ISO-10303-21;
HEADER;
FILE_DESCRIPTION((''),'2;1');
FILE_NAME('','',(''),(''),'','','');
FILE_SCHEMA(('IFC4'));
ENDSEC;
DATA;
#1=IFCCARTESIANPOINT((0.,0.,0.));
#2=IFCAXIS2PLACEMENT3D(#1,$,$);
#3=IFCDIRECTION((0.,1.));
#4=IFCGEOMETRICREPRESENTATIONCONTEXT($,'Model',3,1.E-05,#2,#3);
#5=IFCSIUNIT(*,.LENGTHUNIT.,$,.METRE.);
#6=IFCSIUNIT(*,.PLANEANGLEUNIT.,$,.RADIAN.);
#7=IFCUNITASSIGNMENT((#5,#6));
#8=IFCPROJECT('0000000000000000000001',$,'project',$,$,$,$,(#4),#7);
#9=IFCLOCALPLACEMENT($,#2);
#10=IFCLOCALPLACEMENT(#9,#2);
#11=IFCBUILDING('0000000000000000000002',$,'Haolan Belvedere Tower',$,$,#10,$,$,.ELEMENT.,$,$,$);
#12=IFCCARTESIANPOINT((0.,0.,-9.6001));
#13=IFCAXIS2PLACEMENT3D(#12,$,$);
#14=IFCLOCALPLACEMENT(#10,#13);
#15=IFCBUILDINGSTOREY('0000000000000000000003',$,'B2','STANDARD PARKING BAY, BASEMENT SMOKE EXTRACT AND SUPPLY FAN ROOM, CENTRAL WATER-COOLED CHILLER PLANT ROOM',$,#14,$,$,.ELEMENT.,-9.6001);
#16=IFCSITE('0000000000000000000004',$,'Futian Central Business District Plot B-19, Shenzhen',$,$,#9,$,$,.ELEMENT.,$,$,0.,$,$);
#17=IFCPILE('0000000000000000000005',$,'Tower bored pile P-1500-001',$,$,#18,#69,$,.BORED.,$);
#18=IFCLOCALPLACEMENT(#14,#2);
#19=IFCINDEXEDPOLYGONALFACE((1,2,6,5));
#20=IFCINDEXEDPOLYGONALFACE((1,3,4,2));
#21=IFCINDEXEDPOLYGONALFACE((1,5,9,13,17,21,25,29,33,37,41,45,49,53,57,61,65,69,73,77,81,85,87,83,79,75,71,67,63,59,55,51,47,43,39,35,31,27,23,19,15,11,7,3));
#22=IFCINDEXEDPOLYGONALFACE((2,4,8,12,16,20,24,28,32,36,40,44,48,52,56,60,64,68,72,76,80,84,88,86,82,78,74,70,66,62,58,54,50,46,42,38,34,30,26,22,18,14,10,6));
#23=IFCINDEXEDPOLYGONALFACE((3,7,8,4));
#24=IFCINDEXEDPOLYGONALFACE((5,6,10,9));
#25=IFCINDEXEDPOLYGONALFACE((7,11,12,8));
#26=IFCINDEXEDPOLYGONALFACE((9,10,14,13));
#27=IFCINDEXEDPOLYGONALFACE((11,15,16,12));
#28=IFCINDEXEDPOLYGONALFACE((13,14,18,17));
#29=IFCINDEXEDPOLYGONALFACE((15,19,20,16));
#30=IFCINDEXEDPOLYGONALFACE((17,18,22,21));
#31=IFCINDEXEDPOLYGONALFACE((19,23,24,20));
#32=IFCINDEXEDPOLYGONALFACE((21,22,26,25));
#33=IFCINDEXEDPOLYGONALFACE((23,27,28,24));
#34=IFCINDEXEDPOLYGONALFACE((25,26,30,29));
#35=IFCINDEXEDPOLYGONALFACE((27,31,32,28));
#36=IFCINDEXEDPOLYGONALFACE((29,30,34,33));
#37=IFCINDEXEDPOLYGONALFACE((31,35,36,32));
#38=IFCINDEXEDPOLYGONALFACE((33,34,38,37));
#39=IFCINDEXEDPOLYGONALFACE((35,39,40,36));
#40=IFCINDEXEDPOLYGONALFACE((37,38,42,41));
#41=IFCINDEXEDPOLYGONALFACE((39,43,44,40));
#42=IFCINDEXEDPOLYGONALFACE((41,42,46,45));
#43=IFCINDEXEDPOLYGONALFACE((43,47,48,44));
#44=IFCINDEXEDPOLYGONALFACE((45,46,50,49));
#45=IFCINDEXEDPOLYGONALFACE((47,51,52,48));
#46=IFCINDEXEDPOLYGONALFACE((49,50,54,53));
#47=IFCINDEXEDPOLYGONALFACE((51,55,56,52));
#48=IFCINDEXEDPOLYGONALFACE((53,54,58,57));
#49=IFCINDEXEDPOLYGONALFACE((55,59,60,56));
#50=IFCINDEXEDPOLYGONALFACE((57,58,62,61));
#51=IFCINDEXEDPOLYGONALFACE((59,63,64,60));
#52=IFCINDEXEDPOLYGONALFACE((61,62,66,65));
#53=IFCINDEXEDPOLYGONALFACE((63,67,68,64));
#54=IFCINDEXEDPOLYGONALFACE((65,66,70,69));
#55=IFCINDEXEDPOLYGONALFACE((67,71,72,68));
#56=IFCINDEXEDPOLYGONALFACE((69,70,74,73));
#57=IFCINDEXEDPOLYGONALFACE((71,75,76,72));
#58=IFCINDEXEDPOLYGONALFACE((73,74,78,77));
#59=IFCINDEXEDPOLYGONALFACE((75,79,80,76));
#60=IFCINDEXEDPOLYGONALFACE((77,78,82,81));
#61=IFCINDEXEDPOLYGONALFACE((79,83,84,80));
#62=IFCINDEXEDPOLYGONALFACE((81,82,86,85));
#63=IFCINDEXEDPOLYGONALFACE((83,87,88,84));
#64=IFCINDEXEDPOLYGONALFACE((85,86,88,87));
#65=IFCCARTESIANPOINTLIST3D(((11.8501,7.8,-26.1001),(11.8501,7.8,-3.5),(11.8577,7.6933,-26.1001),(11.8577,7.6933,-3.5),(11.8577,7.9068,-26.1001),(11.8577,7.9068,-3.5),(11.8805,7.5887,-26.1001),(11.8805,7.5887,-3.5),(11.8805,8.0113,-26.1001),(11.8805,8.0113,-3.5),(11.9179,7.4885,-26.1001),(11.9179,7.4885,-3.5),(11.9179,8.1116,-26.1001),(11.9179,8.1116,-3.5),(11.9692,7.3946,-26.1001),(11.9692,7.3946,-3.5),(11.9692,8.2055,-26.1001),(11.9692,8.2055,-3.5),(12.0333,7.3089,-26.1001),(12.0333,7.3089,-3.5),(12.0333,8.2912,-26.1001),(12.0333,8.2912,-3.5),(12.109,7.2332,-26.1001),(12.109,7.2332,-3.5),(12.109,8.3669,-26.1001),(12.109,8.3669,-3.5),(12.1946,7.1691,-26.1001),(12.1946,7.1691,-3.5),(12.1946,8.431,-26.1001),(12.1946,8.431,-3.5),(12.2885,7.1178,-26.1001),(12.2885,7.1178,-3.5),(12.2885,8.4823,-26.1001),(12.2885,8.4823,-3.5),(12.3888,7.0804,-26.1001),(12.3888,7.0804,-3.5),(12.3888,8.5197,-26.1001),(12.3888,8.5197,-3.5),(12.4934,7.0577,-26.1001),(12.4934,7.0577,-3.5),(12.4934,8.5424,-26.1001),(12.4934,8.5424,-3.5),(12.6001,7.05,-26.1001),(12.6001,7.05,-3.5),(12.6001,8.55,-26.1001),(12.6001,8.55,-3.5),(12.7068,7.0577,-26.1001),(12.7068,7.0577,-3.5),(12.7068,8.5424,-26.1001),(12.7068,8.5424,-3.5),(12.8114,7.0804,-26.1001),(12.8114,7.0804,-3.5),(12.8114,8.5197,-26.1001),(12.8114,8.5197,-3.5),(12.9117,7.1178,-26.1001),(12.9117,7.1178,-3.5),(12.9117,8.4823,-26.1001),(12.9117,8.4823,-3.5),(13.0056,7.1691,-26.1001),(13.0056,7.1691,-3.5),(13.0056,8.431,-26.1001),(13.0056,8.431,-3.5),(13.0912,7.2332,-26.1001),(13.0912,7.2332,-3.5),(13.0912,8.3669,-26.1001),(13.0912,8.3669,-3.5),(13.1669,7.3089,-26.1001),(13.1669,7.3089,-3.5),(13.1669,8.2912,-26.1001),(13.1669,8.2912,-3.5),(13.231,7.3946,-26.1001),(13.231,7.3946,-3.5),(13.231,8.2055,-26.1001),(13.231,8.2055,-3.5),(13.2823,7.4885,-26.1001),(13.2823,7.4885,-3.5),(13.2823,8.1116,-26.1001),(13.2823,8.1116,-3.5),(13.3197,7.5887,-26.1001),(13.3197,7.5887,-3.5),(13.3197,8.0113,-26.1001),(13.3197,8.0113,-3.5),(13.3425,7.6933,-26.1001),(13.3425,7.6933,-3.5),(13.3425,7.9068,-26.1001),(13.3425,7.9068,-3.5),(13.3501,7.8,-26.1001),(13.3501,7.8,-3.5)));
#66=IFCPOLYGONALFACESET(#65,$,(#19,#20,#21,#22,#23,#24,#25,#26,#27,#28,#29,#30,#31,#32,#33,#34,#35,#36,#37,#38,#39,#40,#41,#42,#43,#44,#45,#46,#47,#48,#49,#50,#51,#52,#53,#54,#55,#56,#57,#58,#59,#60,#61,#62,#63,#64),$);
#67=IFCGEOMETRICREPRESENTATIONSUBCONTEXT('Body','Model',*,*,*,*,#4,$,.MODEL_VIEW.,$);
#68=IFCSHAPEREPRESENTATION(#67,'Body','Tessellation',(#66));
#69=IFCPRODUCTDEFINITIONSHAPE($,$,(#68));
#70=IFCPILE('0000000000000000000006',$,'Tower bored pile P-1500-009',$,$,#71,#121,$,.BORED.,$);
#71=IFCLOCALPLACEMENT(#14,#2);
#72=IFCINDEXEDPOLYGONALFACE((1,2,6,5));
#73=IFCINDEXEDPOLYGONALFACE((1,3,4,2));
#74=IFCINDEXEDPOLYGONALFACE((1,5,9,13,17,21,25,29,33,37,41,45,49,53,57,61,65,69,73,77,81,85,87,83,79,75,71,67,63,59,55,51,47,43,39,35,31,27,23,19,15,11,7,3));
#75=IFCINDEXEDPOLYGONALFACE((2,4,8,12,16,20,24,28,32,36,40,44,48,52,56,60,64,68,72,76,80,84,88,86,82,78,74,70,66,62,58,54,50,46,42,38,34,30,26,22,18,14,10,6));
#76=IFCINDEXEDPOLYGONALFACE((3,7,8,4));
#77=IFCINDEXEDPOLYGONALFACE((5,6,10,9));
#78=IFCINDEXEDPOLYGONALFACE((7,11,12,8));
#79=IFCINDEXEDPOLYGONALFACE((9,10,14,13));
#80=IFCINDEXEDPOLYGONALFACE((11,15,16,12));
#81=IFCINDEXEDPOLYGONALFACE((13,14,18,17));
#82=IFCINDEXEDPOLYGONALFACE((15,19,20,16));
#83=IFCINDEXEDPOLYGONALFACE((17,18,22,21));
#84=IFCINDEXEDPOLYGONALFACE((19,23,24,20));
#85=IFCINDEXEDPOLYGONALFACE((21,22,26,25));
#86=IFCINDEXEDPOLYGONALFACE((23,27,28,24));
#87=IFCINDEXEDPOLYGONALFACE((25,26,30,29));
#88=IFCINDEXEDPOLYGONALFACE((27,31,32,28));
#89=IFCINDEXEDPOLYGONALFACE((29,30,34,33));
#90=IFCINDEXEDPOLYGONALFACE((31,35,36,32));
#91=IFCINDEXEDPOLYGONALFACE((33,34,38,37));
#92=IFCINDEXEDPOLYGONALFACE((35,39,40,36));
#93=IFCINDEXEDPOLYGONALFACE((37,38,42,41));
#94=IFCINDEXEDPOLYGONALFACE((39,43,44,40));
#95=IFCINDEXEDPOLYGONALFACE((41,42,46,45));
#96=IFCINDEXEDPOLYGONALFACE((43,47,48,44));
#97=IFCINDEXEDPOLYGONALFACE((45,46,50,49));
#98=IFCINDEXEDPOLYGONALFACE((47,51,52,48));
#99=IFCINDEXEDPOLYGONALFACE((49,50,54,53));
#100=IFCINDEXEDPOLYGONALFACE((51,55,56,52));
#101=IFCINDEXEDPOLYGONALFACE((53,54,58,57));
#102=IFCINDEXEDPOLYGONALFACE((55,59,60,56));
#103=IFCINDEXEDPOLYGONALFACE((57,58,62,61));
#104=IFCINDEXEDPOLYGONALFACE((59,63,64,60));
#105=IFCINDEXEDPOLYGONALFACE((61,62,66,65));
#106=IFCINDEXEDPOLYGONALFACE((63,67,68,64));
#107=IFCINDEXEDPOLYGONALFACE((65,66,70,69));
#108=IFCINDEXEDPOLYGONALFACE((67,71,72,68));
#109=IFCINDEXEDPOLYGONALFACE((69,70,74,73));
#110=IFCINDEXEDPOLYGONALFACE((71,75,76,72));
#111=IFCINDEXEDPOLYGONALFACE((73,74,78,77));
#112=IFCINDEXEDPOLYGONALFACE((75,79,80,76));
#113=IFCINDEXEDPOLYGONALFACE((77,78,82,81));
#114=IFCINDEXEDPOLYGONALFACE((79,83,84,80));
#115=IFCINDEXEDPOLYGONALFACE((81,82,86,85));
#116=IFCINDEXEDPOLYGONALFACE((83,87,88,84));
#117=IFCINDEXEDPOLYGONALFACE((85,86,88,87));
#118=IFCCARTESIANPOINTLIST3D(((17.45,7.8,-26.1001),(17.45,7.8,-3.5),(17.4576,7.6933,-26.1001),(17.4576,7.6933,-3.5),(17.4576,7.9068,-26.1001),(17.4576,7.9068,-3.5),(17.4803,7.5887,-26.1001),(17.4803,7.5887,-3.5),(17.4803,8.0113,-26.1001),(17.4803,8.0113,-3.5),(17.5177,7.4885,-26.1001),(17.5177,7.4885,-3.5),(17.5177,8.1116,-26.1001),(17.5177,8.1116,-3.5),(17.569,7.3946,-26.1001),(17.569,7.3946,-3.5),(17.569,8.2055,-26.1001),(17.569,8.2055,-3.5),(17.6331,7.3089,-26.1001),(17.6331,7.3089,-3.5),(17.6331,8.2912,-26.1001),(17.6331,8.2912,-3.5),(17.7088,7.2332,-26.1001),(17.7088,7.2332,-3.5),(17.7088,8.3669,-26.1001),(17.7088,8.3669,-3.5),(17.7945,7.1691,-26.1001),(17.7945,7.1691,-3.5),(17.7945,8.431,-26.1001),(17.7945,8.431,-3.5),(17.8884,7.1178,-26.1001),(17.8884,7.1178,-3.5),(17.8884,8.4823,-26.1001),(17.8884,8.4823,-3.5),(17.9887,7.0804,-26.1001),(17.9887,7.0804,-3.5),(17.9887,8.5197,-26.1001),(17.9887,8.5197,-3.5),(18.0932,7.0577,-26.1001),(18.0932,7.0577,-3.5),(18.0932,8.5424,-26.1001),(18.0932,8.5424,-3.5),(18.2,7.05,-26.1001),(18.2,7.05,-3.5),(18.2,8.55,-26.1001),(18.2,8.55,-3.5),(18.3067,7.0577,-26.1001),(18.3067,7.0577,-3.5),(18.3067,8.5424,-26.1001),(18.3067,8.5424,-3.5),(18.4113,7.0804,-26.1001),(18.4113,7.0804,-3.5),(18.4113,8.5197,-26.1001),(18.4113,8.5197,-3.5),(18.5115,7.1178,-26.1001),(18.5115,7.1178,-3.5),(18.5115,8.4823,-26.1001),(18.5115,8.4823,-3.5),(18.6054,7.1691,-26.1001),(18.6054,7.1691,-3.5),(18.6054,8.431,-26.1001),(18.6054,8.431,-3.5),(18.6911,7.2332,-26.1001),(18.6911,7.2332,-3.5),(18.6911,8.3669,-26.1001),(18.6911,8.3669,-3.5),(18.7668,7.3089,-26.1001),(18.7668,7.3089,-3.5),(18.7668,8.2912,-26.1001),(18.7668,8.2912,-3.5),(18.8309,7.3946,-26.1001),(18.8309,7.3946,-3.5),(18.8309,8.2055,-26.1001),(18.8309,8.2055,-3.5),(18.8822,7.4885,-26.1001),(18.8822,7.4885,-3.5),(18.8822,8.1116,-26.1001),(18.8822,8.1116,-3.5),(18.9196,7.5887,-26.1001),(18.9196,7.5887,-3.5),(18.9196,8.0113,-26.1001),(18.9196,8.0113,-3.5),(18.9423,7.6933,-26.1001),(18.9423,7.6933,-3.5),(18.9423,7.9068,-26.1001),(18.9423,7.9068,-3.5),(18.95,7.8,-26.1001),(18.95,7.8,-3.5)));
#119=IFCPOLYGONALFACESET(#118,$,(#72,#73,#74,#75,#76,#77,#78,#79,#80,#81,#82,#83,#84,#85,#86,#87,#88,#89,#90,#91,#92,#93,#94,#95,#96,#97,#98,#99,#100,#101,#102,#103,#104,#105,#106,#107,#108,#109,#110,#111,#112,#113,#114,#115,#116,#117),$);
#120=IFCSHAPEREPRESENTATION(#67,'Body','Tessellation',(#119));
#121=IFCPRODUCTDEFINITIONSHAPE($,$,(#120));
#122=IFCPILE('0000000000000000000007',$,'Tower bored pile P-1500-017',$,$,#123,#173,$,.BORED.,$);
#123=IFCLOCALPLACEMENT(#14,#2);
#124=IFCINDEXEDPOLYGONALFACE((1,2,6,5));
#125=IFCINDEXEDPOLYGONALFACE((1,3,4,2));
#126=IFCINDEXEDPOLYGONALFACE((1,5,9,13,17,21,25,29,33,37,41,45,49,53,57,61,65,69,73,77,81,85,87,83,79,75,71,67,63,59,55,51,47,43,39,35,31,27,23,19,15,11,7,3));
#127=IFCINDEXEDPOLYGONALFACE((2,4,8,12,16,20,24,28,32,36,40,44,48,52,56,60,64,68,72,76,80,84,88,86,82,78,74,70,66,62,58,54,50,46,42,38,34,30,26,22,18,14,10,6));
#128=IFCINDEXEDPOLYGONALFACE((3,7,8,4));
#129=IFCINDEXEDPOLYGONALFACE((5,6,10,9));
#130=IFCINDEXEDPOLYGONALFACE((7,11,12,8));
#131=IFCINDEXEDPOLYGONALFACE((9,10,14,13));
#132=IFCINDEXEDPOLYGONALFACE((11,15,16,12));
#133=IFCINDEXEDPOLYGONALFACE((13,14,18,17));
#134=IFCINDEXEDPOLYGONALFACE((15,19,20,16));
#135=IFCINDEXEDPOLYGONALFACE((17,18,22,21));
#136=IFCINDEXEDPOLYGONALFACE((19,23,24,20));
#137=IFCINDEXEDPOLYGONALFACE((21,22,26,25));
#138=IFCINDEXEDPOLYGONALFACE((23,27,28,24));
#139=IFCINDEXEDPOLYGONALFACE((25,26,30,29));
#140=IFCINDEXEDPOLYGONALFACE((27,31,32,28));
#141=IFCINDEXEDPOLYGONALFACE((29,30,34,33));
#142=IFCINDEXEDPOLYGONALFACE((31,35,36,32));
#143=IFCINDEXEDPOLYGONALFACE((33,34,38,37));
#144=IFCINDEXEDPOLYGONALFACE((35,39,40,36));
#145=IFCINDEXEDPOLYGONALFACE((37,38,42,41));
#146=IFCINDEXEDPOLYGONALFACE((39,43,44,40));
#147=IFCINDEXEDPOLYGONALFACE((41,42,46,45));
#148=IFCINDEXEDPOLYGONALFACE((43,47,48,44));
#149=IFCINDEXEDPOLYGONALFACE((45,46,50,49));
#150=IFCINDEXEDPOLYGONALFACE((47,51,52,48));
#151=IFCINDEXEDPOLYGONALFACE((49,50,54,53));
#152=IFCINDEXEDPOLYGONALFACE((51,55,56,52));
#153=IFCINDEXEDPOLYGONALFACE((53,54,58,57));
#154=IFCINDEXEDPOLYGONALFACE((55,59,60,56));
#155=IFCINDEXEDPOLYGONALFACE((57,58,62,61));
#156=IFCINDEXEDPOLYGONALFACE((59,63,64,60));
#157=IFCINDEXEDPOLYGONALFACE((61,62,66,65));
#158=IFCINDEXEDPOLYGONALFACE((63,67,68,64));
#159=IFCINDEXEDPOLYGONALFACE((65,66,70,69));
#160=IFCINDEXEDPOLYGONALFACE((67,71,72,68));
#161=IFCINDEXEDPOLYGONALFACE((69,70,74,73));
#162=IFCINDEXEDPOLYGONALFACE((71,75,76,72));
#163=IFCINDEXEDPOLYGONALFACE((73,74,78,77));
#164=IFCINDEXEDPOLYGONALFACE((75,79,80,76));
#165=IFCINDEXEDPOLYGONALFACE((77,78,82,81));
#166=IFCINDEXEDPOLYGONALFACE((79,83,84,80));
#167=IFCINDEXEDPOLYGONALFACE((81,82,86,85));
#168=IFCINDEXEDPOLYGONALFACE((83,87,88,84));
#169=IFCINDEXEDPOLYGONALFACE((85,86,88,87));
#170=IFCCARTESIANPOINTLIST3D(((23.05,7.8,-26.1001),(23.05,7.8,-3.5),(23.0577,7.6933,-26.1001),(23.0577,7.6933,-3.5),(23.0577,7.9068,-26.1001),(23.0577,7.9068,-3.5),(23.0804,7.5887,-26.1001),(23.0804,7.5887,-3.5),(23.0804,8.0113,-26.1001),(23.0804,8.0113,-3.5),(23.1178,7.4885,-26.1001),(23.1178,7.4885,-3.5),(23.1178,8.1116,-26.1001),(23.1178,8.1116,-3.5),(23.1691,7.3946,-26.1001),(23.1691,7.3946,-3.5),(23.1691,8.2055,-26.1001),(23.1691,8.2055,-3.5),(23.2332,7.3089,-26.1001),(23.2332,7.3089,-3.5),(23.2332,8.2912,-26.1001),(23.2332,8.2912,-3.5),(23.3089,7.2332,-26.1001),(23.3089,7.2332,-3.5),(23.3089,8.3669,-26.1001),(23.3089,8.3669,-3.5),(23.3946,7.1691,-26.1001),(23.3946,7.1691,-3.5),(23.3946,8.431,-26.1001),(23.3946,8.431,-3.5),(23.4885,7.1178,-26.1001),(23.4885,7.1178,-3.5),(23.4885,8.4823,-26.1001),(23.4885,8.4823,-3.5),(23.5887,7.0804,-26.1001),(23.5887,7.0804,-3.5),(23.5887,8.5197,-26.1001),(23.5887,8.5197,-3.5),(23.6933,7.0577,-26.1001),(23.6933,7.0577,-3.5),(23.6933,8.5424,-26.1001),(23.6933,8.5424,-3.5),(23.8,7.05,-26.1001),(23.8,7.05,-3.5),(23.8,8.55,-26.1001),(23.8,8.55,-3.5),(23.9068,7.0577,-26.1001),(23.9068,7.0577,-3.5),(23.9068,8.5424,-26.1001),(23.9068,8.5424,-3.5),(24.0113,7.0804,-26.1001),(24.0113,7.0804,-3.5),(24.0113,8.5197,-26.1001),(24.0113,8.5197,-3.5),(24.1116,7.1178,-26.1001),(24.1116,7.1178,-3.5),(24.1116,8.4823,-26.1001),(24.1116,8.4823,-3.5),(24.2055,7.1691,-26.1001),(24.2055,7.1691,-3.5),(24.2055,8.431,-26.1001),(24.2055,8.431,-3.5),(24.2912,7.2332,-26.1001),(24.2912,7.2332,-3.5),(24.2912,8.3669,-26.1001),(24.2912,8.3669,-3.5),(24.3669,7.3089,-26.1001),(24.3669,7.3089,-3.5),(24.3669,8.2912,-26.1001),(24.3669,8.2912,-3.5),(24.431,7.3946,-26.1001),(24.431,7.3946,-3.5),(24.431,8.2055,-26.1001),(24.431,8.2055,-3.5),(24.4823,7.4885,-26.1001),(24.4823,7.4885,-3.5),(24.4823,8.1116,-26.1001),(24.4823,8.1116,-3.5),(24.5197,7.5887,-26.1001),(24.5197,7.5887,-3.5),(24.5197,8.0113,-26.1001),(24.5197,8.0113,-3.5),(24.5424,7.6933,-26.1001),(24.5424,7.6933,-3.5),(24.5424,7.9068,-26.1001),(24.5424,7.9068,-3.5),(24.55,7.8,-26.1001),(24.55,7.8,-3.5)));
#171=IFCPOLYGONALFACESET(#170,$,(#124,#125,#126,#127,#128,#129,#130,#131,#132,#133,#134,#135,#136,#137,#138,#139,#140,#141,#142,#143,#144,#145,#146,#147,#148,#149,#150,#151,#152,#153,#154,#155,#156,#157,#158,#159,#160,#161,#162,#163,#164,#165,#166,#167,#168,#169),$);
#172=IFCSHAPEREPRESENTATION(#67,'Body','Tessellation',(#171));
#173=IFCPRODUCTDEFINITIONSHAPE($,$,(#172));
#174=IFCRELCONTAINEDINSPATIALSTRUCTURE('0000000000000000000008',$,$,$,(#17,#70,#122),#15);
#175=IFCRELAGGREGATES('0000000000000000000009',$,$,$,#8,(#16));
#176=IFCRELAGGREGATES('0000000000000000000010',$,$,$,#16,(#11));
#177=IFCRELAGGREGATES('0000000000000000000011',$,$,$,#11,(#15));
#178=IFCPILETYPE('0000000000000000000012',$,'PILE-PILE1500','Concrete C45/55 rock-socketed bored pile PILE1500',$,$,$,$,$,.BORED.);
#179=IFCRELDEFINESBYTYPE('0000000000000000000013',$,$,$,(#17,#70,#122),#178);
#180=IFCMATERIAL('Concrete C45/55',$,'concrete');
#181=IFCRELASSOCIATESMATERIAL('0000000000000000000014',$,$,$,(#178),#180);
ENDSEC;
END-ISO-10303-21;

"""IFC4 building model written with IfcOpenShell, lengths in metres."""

from ifc_helpers import new_model, si_unit, direction, frame, origin, origin_2d, place, context, subcontext, project, spatial, circle, extrude, material, material_profile, profile_set, type_object, element, save


model = new_model("IFC4")

# Units and contexts
model_context = context("Model", 3, precision=1e-05, world=origin(), true_north=direction((0.0, 1.0)))
body_context = subcontext(model_context, "Body", "Model", "MODEL_VIEW")
ifc_project = project(units=[si_unit("LENGTHUNIT", "METRE"), si_unit("PLANEANGLEUNIT", "RADIAN")], contexts=[model_context])

# Site, building, storey
site_placement = place(None, origin())
site = spatial("IfcSite", under=ifc_project, at=site_placement, Name="Futian Central Business District Plot B-19, Shenzhen", CompositionType="ELEMENT", RefElevation=0.0)
building_placement = place(site_placement, origin())
building = spatial("IfcBuilding", under=site, at=building_placement, Name="Haolan Belvedere Tower", CompositionType="ELEMENT")
storey_placement = place(building_placement, frame((0.0, 0.0, -9.6001)))
storey = spatial("IfcBuildingStorey", under=building, at=storey_placement, Name="B2", Description="STANDARD PARKING BAY, BASEMENT SMOKE EXTRACT AND SUPPLY FAN ROOM, CENTRAL WATER-COOLED CHILLER PLANT ROOM", CompositionType="ELEMENT", Elevation=-9.6001)

# Piles
ifc_material_1 = material(Name="Concrete C45/55", Category="concrete")
ifc_material_profile_1 = material_profile(ifc_material_1, circle(Radius=0.75, at=origin_2d()), Name="Concrete C45/55")
ifc_profile_set_1 = profile_set([ifc_material_profile_1], Name="Concrete C45/55")
pile_type_1 = type_object("IfcPileType", Name="PILE-PILE1500", Description="Concrete C45/55 rock-socketed bored pile PILE1500", PredefinedType="BORED", material=ifc_profile_set_1)
for number, where, z_axis, x_axis, name in (
    (1, (12.6001, 7.8, -3.5), (0.0, 0.0, -1.0), (1.0, 0.0, 0.0), "Tower bored pile P-1500-001"),
    (2, (18.2, 7.8, -3.5), (0.0, 0.0, -1.0), (1.0, 0.0, 0.0), "Tower bored pile P-1500-009"),
    (3, (23.8, 7.8, -3.5), (0.0, 0.0, -1.0), (1.0, 0.0, 0.0), "Tower bored pile P-1500-017"),
):
    element("IfcPile", number, at=place(storey_placement, frame(where, z_axis=z_axis, x_axis=x_axis)), inside=storey, type_object=pile_type_1, Name=name, PredefinedType="BORED", context=body_context, shape_type="SweptSolid", body=[
        extrude(circle(Radius=0.75, at=origin_2d()), origin(), (0.0, 0.0, 1.0), 22.6001),
    ])

save(model, "model.ifc")
